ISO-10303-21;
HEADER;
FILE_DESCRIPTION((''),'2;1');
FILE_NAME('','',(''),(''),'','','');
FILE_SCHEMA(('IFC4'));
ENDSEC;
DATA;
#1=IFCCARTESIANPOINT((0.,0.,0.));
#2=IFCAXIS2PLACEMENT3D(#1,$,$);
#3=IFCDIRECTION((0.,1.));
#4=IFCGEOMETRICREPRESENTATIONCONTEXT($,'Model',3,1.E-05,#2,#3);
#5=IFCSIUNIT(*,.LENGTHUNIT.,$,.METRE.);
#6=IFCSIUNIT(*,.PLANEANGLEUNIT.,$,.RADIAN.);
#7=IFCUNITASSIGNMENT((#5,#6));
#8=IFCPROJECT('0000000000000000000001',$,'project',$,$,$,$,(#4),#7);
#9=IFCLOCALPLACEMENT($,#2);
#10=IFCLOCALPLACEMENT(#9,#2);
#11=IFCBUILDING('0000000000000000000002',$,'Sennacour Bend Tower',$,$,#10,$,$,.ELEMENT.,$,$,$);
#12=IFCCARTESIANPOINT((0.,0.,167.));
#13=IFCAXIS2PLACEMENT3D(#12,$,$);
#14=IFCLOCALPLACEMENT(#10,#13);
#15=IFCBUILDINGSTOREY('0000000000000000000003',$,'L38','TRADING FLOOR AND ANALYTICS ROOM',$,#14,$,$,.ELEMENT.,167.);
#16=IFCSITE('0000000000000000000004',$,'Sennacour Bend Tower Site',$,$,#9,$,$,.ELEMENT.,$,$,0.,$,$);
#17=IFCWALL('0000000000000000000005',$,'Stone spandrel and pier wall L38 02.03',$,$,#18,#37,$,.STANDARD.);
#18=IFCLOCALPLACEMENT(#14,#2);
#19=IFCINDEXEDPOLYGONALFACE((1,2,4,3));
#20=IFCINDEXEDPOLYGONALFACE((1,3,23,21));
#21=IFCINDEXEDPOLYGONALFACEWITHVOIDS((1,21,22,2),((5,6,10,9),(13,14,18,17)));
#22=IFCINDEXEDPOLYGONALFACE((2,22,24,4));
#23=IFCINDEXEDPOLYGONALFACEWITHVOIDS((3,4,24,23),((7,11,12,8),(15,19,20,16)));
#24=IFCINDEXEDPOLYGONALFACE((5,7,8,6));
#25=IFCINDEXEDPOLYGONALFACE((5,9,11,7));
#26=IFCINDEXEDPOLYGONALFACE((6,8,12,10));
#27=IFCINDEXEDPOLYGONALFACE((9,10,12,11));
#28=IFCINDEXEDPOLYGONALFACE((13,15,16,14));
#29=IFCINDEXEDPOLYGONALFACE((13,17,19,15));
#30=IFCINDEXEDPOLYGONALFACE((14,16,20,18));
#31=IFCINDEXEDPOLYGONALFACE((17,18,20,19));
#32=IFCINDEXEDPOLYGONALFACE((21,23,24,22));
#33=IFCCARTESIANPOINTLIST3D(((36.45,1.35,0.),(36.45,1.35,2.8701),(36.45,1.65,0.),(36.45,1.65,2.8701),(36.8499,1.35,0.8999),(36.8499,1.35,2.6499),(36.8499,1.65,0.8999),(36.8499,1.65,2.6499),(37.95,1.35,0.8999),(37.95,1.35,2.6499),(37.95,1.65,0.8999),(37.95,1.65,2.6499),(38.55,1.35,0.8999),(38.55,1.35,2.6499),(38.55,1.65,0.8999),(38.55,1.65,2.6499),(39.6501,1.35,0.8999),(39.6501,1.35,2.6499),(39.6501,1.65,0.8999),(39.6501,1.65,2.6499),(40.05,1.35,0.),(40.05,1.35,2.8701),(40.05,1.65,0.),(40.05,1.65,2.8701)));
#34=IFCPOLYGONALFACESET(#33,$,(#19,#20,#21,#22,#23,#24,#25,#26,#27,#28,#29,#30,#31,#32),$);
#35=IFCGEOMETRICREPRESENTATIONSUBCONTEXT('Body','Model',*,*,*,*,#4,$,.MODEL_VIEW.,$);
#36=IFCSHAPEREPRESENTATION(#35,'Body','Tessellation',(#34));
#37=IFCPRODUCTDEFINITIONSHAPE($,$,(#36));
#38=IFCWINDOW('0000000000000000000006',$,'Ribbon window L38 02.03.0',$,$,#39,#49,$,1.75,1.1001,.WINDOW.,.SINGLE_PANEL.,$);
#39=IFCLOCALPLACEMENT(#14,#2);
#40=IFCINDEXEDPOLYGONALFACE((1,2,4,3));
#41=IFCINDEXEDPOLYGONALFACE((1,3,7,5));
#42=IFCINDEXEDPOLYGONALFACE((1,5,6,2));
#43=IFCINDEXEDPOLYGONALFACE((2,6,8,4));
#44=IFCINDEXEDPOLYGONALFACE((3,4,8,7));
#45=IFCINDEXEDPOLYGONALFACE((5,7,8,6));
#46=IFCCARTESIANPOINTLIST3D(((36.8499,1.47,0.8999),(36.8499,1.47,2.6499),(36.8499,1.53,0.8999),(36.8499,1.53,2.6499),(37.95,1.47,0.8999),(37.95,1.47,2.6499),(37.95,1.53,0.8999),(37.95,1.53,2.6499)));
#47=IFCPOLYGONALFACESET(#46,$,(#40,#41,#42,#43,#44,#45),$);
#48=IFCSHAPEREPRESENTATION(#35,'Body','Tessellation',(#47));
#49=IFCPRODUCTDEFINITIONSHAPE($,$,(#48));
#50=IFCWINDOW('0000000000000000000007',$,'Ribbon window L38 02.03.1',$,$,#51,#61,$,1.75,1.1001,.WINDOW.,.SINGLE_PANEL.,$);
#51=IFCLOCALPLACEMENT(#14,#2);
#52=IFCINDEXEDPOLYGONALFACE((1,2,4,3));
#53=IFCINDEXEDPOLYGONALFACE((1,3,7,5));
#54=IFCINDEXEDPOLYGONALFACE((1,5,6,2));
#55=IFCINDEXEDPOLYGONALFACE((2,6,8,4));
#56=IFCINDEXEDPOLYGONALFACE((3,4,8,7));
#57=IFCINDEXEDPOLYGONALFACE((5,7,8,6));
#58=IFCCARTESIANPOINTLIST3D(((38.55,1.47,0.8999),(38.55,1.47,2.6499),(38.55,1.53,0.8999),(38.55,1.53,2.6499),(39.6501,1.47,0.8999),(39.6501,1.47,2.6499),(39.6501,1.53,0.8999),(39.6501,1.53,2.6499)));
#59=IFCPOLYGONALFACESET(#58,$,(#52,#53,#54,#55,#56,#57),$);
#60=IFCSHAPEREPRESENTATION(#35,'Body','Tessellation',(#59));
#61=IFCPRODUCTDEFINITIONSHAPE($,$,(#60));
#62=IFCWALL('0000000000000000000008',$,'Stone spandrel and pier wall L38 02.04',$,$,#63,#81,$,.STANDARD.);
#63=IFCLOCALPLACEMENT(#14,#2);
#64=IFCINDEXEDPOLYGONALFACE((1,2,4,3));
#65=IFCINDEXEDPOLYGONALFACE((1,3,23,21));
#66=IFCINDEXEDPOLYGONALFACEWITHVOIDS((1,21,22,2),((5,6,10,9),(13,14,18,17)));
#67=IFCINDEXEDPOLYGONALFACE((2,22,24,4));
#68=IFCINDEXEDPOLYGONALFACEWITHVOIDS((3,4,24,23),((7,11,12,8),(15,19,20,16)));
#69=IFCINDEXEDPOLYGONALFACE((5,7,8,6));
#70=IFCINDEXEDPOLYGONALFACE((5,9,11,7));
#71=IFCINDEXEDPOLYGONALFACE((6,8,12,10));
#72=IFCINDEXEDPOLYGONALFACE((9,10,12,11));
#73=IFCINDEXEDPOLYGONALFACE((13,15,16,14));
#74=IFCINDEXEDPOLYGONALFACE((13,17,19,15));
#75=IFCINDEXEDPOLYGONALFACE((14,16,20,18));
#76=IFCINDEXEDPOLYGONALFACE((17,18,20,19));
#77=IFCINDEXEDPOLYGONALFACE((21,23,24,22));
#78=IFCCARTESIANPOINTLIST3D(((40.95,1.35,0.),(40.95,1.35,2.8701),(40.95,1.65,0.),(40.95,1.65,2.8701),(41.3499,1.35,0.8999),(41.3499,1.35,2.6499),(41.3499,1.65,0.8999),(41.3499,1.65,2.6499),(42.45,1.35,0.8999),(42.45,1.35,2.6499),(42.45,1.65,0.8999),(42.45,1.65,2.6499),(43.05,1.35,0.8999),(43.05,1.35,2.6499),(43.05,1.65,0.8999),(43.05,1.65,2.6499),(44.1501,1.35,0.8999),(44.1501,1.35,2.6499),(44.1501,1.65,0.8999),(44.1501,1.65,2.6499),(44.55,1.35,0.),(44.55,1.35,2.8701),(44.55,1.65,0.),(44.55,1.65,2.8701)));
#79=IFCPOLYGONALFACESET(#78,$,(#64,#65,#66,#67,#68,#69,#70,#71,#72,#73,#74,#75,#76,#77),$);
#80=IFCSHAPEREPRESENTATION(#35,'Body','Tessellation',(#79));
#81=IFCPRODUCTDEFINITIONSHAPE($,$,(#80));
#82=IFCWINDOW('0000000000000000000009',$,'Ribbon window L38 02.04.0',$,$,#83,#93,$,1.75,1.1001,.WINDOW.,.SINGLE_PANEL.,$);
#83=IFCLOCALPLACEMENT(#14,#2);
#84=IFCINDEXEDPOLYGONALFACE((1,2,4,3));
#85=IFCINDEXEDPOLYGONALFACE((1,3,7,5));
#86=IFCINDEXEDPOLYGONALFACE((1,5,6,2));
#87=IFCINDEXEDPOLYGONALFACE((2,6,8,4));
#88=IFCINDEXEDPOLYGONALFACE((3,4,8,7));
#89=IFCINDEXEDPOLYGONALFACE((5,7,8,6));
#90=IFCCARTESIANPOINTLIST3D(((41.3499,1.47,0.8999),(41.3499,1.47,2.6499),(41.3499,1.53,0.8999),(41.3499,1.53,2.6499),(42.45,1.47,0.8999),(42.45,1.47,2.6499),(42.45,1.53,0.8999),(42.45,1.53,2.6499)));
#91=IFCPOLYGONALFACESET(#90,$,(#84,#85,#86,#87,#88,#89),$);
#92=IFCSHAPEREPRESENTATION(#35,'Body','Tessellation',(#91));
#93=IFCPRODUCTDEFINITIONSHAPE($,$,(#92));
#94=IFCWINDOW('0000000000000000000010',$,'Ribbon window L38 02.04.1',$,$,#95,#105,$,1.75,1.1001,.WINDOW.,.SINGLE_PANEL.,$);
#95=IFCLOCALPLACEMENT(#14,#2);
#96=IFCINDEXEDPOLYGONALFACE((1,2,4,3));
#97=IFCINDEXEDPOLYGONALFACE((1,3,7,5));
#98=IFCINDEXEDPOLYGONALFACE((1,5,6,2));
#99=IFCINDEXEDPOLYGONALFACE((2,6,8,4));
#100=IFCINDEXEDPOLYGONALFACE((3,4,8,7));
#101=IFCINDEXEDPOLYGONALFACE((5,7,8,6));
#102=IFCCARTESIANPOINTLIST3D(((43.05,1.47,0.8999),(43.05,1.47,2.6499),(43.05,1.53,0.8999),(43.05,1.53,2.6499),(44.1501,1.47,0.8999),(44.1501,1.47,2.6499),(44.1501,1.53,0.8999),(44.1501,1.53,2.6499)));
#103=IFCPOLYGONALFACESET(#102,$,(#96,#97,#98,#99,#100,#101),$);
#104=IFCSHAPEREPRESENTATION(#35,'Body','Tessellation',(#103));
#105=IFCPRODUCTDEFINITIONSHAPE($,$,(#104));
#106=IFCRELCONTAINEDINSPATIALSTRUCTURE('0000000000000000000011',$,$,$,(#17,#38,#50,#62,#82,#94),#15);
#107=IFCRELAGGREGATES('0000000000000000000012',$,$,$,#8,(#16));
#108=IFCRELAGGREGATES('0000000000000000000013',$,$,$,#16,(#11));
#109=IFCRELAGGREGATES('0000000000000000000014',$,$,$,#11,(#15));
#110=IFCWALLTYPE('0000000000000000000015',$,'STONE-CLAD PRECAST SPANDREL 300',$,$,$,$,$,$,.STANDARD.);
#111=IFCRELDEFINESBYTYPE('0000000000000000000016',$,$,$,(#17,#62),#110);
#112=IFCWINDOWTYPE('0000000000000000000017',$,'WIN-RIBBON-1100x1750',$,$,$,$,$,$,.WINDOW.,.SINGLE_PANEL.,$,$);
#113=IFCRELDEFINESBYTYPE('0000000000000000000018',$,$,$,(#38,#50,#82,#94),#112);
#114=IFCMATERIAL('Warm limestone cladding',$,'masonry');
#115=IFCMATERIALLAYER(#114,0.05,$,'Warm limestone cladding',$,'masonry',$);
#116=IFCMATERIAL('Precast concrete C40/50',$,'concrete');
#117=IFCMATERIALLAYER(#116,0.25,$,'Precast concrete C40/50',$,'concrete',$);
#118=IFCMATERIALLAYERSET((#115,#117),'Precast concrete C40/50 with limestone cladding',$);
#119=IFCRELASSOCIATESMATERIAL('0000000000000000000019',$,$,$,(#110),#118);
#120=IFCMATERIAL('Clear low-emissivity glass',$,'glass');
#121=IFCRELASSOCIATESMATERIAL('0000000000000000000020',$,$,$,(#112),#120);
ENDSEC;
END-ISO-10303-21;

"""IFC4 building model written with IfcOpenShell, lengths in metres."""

from ifc_helpers import new_model, si_unit, direction, frame, frame_2d, origin, place, context, subcontext, project, spatial, rectangle, extrude, material, layer, layer_set, type_object, element, fill, save


model = new_model("IFC4")

# Units and contexts
model_context = context("Model", 3, precision=1e-05, world=origin(), true_north=direction((0.0, 1.0)))
body_context = subcontext(model_context, "Body", "Model", "MODEL_VIEW")
ifc_project = project(units=[si_unit("LENGTHUNIT", "METRE"), si_unit("PLANEANGLEUNIT", "RADIAN")], contexts=[model_context])

# Site, building, storey
site_placement = place(None, origin())
site = spatial("IfcSite", under=ifc_project, at=site_placement, Name="Sennacour Bend Tower Site", CompositionType="ELEMENT", RefElevation=0.0)
building_placement = place(site_placement, origin())
building = spatial("IfcBuilding", under=site, at=building_placement, Name="Sennacour Bend Tower", CompositionType="ELEMENT")
storey_placement = place(building_placement, frame((0.0, 0.0, 167.0)))
storey = spatial("IfcBuildingStorey", under=building, at=storey_placement, Name="L38", Description="TRADING FLOOR AND ANALYTICS ROOM", CompositionType="ELEMENT", Elevation=167.0)

# Walls, openings, windows
ifc_material_1 = material(Name="Warm limestone cladding", Category="masonry")
ifc_layer_1 = layer(ifc_material_1, 0.05, Name="Warm limestone cladding", Category="masonry")
ifc_material_2 = material(Name="Precast concrete C40/50", Category="concrete")
ifc_layer_2 = layer(ifc_material_2, 0.25, Name="Precast concrete C40/50", Category="concrete")
ifc_layer_set_1 = layer_set([ifc_layer_1, ifc_layer_2], Name="Precast concrete C40/50 with limestone cladding")
wall_type_1 = type_object("IfcWallType", Name="STONE-CLAD PRECAST SPANDREL 300", PredefinedType="STANDARD", material=ifc_layer_set_1)
ifc_material_3 = material(Name="Clear low-emissivity glass", Category="glass")
window_type = type_object("IfcWindowType", Name="WIN-RIBBON-1100x1750", PartitioningType="SINGLE_PANEL", PredefinedType="WINDOW", material=ifc_material_3)
wall_1_placement = place(storey_placement, frame((36.45, 1.5, 0.0), z_axis=(0.0, 0.0, 1.0), x_axis=(1.0, 0.0, 0.0)))
wall_1 = element("IfcWall", 1, at=wall_1_placement, inside=storey, type_object=wall_type_1, Name="Stone spandrel and pier wall L38 02.03", PredefinedType="STANDARD", context=body_context, shape_type="SweptSolid", body=[
    extrude(rectangle(XDim=3.6001, YDim=0.3, at=frame_2d((1.8, 0.0))), origin(), (0.0, 0.0, 1.0), 2.8701),
])
opening_1_placement = place(wall_1_placement, frame((0.3999, 0.0, 0.8999)))
opening_1 = element("IfcOpeningElement", 2, at=opening_1_placement, cuts=wall_1, PredefinedType="OPENING", context=body_context, shape_type="SweptSolid", body=[
    extrude(rectangle(XDim=1.1001, YDim=1.75, at=frame_2d((0.55, 0.875))), frame((0.0, 0.1602, 0.0), z_axis=(0.0, -1.0, 0.0), x_axis=(1.0, 0.0, 0.0)), (0.0, 0.0, 1.0), 0.3201),
])
opening_2_placement = place(wall_1_placement, frame((2.1001, 0.0, 0.8999)))
opening_2 = element("IfcOpeningElement", 3, at=opening_2_placement, cuts=wall_1, PredefinedType="OPENING", context=body_context, shape_type="SweptSolid", body=[
    extrude(rectangle(XDim=1.1001, YDim=1.75, at=frame_2d((0.55, 0.875))), frame((0.0, 0.1602, 0.0), z_axis=(0.0, -1.0, 0.0), x_axis=(1.0, 0.0, 0.0)), (0.0, 0.0, 1.0), 0.3201),
])
window_1_placement = place(opening_1_placement, origin())
window_1 = element("IfcWindow", 4, at=window_1_placement, inside=storey, type_object=window_type, Name="Ribbon window L38 02.03.0", OverallHeight=1.75, OverallWidth=1.1001, PartitioningType="SINGLE_PANEL", PredefinedType="WINDOW", context=body_context, shape_type="SweptSolid", body=[
    extrude(rectangle(XDim=1.1001, YDim=1.75, at=frame_2d((0.55, 0.875))), frame((0.0, 0.03, 0.0), z_axis=(0.0, -1.0, 0.0), x_axis=(1.0, 0.0, 0.0)), (0.0, 0.0, 1.0), 0.0601),
])
fill(opening_1, window_1)
window_2_placement = place(opening_2_placement, origin())
window_2 = element("IfcWindow", 5, at=window_2_placement, inside=storey, type_object=window_type, Name="Ribbon window L38 02.03.1", OverallHeight=1.75, OverallWidth=1.1001, PartitioningType="SINGLE_PANEL", PredefinedType="WINDOW", context=body_context, shape_type="SweptSolid", body=[
    extrude(rectangle(XDim=1.1001, YDim=1.75, at=frame_2d((0.55, 0.875))), frame((0.0, 0.03, 0.0), z_axis=(0.0, -1.0, 0.0), x_axis=(1.0, 0.0, 0.0)), (0.0, 0.0, 1.0), 0.0601),
])
fill(opening_2, window_2)
wall_2_placement = place(storey_placement, frame((40.95, 1.5, 0.0), z_axis=(0.0, 0.0, 1.0), x_axis=(1.0, 0.0, 0.0)))
wall_2 = element("IfcWall", 6, at=wall_2_placement, inside=storey, type_object=wall_type_1, Name="Stone spandrel and pier wall L38 02.04", PredefinedType="STANDARD", context=body_context, shape_type="SweptSolid", body=[
    extrude(rectangle(XDim=3.6001, YDim=0.3, at=frame_2d((1.8, 0.0))), origin(), (0.0, 0.0, 1.0), 2.8701),
])
opening_3_placement = place(wall_2_placement, frame((0.3999, 0.0, 0.8999)))
opening_3 = element("IfcOpeningElement", 7, at=opening_3_placement, cuts=wall_2, PredefinedType="OPENING", context=body_context, shape_type="SweptSolid", body=[
    extrude(rectangle(XDim=1.1001, YDim=1.75, at=frame_2d((0.55, 0.875))), frame((0.0, 0.1602, 0.0), z_axis=(0.0, -1.0, 0.0), x_axis=(1.0, 0.0, 0.0)), (0.0, 0.0, 1.0), 0.3201),
])
opening_4_placement = place(wall_2_placement, frame((2.1001, 0.0, 0.8999)))
opening_4 = element("IfcOpeningElement", 8, at=opening_4_placement, cuts=wall_2, PredefinedType="OPENING", context=body_context, shape_type="SweptSolid", body=[
    extrude(rectangle(XDim=1.1001, YDim=1.75, at=frame_2d((0.55, 0.875))), frame((0.0, 0.1602, 0.0), z_axis=(0.0, -1.0, 0.0), x_axis=(1.0, 0.0, 0.0)), (0.0, 0.0, 1.0), 0.3201),
])
window_3_placement = place(opening_3_placement, origin())
window_3 = element("IfcWindow", 9, at=window_3_placement, inside=storey, type_object=window_type, Name="Ribbon window L38 02.04.0", OverallHeight=1.75, OverallWidth=1.1001, PartitioningType="SINGLE_PANEL", PredefinedType="WINDOW", context=body_context, shape_type="SweptSolid", body=[
    extrude(rectangle(XDim=1.1001, YDim=1.75, at=frame_2d((0.55, 0.875))), frame((0.0, 0.03, 0.0), z_axis=(0.0, -1.0, 0.0), x_axis=(1.0, 0.0, 0.0)), (0.0, 0.0, 1.0), 0.0601),
])
fill(opening_3, window_3)
window_4_placement = place(opening_4_placement, origin())
window_4 = element("IfcWindow", 10, at=window_4_placement, inside=storey, type_object=window_type, Name="Ribbon window L38 02.04.1", OverallHeight=1.75, OverallWidth=1.1001, PartitioningType="SINGLE_PANEL", PredefinedType="WINDOW", context=body_context, shape_type="SweptSolid", body=[
    extrude(rectangle(XDim=1.1001, YDim=1.75, at=frame_2d((0.55, 0.875))), frame((0.0, 0.03, 0.0), z_axis=(0.0, -1.0, 0.0), x_axis=(1.0, 0.0, 0.0)), (0.0, 0.0, 1.0), 0.0601),
])
fill(opening_4, window_4)

save(model, "model.ifc")
